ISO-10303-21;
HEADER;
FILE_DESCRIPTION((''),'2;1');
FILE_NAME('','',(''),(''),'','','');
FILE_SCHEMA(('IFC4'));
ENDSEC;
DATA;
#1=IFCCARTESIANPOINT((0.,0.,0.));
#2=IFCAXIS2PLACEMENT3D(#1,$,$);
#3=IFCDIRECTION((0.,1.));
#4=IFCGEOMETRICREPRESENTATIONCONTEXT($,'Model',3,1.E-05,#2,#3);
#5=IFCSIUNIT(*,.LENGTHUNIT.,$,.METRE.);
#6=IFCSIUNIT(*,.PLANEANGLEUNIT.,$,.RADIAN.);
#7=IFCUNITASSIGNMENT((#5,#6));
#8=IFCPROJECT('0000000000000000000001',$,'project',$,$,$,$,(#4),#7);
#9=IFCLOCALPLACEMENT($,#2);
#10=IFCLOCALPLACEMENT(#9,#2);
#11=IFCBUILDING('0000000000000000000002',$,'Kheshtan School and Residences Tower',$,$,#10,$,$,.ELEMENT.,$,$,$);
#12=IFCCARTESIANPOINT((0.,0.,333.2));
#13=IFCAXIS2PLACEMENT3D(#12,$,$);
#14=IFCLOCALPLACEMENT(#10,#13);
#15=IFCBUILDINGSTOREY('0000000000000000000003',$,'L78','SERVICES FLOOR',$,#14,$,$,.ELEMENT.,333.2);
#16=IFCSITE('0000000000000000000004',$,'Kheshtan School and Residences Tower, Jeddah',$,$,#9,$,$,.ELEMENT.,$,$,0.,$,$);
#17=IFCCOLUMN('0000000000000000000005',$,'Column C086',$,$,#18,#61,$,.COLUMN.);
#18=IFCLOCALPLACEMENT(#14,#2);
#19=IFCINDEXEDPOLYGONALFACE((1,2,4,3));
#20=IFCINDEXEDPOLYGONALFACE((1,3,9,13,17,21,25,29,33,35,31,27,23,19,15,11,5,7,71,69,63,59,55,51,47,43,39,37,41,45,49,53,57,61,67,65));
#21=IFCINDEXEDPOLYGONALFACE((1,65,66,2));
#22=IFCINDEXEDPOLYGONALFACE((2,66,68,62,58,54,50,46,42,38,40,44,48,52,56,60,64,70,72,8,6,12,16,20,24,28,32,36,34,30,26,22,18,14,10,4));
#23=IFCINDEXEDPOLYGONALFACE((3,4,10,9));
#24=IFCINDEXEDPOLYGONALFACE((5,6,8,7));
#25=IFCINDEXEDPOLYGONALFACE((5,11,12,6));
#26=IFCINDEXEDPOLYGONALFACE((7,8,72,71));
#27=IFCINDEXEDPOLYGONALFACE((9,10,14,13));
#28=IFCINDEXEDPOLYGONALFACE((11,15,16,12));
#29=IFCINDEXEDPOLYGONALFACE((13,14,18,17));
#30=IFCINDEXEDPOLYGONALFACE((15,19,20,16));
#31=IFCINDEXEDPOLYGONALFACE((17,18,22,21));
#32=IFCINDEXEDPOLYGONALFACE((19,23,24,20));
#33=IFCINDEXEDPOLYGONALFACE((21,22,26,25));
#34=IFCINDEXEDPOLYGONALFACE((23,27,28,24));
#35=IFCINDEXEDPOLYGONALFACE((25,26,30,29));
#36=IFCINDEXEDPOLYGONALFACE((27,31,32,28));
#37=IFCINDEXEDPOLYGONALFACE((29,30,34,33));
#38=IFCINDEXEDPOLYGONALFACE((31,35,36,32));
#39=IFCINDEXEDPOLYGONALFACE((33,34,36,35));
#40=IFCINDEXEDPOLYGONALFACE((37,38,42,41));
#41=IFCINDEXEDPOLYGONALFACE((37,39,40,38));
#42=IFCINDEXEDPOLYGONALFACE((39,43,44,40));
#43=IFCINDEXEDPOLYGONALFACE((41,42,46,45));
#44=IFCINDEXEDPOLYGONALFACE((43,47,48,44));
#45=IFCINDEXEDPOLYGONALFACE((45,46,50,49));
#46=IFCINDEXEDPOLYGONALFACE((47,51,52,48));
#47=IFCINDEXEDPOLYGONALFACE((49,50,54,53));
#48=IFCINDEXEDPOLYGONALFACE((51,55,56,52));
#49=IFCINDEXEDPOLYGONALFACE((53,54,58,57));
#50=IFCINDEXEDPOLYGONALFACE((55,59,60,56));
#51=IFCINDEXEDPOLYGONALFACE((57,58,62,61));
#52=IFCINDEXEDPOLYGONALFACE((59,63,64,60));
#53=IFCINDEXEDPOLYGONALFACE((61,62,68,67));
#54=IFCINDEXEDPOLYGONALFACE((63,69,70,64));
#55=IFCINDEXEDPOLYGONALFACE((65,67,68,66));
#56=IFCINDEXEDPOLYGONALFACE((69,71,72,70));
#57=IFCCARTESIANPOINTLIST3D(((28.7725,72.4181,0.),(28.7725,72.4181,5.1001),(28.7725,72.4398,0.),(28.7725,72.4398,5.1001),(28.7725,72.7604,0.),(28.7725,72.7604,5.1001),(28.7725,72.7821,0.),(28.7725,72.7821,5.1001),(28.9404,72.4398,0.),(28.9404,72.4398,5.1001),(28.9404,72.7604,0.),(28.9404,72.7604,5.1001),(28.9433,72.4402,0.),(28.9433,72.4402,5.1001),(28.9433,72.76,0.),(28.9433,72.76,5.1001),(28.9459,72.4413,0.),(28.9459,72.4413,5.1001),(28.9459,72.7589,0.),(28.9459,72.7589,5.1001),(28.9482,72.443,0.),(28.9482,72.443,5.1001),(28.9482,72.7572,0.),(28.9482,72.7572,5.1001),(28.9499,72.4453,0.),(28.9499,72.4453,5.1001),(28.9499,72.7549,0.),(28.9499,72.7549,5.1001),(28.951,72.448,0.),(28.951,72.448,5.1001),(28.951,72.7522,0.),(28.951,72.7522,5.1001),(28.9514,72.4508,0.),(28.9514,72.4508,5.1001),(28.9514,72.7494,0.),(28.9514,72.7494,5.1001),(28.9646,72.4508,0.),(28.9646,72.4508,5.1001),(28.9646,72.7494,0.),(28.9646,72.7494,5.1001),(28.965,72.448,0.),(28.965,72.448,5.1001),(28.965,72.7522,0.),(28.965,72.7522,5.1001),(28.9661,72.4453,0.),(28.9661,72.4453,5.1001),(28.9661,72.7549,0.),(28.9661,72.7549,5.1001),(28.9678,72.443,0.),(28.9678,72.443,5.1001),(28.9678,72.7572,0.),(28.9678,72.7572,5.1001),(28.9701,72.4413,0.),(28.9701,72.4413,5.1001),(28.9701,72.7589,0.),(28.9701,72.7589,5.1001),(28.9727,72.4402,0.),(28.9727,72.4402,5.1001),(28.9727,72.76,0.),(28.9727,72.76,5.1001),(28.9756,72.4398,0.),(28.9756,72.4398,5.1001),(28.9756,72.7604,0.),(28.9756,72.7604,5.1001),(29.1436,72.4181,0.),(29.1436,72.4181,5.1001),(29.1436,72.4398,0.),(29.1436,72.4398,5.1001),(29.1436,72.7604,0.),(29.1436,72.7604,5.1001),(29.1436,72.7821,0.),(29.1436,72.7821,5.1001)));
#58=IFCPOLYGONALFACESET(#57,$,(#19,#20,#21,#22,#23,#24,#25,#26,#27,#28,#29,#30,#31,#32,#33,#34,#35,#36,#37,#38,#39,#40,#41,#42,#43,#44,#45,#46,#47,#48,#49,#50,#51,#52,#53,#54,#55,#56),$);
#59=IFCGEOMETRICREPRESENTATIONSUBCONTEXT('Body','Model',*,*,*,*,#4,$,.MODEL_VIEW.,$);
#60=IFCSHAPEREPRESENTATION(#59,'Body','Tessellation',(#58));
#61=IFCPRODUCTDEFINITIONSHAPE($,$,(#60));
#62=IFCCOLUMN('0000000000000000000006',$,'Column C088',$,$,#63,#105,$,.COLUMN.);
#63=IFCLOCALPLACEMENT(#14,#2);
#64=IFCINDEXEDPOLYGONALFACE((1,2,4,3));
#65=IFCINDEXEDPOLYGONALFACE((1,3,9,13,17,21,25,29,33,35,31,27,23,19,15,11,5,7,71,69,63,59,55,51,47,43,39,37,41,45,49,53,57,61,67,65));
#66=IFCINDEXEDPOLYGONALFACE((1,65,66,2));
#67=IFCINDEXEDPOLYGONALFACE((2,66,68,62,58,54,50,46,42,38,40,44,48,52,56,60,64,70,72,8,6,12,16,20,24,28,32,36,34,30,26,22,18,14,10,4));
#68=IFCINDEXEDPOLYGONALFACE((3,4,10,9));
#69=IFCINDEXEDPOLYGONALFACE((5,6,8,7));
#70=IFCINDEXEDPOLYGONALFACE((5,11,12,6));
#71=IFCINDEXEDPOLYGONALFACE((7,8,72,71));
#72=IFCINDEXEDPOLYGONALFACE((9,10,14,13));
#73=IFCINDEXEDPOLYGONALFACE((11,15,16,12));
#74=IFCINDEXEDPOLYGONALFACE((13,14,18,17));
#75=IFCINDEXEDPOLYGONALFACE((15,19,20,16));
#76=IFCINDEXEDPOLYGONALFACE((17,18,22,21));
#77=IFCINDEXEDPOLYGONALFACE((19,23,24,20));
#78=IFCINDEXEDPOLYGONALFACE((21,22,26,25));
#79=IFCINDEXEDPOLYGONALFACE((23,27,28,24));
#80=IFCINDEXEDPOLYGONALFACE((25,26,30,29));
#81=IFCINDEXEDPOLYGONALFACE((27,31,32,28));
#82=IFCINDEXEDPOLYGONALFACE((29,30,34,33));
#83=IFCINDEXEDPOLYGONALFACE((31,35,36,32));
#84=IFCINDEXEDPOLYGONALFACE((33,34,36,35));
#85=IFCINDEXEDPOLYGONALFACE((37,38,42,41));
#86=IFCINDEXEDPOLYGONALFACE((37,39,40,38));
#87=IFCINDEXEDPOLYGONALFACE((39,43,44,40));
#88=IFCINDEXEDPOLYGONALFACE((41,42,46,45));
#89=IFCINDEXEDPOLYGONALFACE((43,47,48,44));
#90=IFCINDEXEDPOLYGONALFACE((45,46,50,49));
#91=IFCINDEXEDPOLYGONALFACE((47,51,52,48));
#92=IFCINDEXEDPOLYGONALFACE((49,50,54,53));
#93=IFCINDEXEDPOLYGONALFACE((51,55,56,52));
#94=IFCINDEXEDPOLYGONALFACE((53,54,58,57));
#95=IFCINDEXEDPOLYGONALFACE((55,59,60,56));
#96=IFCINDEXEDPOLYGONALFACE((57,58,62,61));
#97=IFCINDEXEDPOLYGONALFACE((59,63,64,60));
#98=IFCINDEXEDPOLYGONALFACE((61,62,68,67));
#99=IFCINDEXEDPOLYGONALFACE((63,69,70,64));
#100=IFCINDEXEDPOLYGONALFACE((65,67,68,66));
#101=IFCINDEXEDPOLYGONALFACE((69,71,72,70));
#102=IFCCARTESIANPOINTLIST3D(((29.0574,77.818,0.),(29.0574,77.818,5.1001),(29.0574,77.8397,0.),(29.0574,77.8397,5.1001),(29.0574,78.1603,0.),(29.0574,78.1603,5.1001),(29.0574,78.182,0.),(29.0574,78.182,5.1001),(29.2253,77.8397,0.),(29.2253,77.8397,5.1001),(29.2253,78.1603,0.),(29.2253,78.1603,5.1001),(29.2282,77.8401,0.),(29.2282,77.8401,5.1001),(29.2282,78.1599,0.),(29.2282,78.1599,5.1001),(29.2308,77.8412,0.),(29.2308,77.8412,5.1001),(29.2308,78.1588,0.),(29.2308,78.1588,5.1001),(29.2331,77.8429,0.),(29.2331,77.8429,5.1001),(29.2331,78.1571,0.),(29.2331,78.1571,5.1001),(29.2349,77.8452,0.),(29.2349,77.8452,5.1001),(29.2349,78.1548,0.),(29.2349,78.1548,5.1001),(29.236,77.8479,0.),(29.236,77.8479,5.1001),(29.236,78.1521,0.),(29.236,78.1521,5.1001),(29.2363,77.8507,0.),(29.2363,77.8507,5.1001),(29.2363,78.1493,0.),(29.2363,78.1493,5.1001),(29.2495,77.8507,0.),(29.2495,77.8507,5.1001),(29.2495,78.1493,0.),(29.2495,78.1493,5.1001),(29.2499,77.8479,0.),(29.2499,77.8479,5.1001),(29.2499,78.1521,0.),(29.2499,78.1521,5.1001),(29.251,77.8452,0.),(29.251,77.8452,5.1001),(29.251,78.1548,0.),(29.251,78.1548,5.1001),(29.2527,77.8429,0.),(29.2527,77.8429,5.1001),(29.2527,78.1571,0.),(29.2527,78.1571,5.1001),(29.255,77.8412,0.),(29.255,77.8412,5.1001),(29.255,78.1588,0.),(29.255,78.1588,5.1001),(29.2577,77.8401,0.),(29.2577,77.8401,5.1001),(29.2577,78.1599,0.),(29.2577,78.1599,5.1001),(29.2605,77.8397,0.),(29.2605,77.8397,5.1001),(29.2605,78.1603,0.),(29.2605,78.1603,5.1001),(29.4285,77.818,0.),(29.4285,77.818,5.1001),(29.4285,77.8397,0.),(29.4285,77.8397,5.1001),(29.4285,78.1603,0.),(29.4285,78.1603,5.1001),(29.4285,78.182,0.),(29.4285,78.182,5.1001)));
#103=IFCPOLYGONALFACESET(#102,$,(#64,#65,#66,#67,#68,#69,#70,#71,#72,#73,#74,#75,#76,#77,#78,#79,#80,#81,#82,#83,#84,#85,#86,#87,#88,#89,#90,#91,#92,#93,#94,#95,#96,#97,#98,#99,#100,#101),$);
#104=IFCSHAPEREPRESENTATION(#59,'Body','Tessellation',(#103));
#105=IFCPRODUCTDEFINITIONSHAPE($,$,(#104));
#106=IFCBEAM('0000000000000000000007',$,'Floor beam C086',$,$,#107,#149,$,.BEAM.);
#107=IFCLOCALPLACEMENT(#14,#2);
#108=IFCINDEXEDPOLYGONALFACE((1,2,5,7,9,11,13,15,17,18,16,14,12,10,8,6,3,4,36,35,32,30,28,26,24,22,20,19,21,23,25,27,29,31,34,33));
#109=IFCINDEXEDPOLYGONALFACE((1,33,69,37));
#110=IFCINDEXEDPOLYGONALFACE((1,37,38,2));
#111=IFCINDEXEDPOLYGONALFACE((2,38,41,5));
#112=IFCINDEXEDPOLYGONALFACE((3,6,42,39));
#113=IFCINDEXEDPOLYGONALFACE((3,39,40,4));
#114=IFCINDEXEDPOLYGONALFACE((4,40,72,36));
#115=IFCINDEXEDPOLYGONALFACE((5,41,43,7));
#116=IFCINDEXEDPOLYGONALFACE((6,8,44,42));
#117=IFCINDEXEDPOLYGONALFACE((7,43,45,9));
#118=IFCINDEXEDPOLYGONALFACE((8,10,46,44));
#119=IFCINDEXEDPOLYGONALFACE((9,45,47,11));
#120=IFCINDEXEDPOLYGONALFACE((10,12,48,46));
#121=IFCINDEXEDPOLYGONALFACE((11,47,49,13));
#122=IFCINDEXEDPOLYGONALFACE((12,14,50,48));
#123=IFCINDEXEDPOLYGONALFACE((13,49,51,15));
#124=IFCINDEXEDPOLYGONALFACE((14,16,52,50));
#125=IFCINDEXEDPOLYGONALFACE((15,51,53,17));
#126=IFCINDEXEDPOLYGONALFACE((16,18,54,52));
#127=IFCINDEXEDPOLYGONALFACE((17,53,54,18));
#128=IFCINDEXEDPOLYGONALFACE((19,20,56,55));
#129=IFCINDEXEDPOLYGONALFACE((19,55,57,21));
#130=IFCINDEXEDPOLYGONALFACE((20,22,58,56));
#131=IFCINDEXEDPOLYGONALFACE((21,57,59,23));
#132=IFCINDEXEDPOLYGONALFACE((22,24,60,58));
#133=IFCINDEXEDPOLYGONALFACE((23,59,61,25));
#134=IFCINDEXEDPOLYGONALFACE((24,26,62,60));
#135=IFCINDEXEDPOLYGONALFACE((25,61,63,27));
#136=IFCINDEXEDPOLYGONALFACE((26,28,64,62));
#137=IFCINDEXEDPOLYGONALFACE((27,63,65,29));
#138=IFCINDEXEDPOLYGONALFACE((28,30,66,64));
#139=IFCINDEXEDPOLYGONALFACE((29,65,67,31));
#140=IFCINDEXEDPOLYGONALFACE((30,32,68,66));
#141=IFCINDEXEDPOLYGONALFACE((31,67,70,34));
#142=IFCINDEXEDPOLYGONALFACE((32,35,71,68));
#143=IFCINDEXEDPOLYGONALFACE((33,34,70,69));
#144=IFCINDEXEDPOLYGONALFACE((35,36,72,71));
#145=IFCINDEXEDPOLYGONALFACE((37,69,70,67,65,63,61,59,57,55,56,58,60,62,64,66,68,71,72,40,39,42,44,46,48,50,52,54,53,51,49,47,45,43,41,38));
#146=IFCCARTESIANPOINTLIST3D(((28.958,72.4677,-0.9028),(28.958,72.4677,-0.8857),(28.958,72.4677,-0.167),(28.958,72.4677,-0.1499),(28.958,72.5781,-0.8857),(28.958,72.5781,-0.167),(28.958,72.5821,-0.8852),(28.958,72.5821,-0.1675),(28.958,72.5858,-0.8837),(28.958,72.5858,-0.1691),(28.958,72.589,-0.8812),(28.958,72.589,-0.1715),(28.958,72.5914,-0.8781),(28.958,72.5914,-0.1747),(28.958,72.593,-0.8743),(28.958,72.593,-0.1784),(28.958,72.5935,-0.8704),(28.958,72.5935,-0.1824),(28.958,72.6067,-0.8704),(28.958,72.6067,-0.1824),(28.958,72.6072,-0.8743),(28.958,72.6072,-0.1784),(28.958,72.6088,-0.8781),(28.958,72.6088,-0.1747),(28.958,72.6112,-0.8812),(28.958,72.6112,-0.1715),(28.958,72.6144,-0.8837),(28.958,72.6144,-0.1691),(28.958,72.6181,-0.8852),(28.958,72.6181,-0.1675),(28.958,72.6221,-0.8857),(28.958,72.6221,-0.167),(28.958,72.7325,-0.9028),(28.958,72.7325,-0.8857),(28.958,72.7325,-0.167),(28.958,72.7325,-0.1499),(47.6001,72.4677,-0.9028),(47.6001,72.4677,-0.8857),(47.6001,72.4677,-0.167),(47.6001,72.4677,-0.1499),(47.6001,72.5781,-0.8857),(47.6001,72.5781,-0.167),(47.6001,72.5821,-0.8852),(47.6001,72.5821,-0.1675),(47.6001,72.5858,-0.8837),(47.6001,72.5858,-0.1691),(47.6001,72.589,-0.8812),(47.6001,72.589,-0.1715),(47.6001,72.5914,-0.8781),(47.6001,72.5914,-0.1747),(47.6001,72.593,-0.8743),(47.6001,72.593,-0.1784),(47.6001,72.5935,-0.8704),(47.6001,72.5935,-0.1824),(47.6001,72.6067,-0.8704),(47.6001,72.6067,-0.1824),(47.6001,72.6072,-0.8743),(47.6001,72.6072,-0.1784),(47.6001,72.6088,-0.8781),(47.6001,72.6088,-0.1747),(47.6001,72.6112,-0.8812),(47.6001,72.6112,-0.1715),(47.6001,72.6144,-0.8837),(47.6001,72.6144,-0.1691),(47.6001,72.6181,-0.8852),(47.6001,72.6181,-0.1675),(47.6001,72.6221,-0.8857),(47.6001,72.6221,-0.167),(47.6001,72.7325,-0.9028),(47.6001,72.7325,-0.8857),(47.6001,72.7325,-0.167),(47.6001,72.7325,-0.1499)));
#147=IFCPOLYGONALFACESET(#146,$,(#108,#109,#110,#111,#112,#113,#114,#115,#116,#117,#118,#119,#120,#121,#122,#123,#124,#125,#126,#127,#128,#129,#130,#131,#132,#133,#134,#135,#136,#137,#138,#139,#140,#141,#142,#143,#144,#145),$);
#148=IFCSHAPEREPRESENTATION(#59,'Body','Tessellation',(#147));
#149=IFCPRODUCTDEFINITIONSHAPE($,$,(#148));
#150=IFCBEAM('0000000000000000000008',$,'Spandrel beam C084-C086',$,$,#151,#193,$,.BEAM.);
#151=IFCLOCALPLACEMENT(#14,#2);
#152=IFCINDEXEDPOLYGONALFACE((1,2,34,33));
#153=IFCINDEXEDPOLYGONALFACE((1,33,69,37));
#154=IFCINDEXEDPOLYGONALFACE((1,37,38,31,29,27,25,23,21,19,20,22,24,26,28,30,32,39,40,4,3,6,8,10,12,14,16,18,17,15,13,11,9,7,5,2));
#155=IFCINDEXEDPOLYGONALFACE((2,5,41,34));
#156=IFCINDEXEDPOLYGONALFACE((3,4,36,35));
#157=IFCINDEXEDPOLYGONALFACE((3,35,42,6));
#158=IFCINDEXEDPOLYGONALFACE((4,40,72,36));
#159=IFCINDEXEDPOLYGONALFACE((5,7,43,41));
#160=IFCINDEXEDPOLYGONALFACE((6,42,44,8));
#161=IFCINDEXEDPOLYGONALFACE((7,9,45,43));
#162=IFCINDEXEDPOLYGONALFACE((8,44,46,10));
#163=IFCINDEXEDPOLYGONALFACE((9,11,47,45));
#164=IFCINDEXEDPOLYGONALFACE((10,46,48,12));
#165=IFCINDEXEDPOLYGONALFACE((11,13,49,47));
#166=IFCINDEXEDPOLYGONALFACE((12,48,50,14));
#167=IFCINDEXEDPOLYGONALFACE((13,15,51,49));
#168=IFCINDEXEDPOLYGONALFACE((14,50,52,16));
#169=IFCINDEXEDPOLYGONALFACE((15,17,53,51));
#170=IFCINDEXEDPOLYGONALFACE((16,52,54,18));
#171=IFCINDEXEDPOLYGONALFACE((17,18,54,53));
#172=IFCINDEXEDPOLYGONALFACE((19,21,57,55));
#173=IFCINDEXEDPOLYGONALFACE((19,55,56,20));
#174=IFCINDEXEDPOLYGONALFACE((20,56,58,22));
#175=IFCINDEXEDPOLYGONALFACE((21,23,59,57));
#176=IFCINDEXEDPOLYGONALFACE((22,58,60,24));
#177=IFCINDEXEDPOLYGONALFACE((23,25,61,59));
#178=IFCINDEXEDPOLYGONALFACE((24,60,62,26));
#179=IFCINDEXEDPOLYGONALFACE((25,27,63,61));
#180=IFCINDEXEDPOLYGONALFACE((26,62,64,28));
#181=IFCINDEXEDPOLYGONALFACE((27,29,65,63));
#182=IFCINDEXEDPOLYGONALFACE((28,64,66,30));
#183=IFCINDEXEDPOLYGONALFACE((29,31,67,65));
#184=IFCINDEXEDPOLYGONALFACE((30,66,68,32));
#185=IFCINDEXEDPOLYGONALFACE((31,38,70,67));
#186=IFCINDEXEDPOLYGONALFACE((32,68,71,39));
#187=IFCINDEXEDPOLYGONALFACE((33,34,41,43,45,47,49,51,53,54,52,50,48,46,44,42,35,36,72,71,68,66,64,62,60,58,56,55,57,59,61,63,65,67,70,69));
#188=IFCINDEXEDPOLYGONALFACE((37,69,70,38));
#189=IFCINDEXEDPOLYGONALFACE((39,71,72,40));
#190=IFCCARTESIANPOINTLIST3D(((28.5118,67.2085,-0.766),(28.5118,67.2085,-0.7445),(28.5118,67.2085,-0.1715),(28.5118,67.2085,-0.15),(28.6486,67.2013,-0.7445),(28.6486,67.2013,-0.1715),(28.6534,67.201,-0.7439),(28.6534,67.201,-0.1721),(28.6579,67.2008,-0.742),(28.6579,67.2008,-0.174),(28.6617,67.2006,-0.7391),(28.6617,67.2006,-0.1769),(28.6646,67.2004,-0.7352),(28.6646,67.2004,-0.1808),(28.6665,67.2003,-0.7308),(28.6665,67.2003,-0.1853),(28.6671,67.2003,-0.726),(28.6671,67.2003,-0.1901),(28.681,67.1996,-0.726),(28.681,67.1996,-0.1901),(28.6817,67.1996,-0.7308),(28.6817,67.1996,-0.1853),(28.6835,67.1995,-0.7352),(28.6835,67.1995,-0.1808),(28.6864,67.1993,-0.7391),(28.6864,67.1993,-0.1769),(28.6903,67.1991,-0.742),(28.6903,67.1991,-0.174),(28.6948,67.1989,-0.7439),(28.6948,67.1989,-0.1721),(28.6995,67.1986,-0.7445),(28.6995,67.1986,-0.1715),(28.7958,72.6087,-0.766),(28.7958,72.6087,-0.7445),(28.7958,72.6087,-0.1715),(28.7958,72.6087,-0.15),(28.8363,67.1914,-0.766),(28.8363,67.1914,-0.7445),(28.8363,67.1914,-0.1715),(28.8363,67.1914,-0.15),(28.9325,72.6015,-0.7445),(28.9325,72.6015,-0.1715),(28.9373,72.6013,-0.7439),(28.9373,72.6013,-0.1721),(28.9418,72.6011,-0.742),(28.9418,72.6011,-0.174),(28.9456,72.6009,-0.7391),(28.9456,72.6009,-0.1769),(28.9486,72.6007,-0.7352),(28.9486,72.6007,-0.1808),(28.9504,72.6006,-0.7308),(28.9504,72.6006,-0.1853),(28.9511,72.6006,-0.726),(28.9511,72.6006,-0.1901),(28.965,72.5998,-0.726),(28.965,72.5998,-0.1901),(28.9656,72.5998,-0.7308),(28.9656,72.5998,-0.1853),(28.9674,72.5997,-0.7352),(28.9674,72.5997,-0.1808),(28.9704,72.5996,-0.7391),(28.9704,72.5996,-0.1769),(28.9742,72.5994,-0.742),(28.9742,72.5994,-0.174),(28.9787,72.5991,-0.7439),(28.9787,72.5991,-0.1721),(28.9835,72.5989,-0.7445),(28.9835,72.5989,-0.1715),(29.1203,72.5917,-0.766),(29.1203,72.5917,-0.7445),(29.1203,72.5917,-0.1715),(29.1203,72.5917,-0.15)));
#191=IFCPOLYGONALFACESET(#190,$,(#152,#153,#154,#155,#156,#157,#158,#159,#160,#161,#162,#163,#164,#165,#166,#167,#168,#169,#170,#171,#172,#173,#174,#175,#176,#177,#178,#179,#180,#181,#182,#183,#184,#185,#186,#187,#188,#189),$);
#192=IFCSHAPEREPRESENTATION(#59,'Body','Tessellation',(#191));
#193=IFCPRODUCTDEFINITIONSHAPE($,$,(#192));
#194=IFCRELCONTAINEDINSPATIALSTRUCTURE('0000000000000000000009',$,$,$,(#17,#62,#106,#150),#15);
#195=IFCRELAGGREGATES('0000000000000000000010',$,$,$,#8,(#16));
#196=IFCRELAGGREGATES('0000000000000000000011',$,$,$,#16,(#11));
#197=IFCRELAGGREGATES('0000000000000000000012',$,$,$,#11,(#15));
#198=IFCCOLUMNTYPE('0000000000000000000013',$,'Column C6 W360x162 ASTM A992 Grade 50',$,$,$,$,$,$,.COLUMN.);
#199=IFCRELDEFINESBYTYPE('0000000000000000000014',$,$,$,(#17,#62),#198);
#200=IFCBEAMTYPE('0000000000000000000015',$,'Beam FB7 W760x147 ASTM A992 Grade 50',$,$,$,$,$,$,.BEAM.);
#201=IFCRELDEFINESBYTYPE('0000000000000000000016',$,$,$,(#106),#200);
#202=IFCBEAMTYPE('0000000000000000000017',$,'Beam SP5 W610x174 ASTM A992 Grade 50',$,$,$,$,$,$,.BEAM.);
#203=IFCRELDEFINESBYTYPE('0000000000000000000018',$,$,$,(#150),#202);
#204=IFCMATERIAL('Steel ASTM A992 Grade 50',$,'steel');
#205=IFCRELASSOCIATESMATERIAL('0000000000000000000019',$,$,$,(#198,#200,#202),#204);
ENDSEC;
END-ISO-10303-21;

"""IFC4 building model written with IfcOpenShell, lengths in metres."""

from ifc_helpers import new_model, si_unit, direction, frame, origin, origin_2d, place, context, subcontext, project, spatial, i_section, extrude, material, material_profile, profile_set, type_object, element, save


model = new_model("IFC4")

# Units and contexts
model_context = context("Model", 3, precision=1e-05, world=origin(), true_north=direction((0.0, 1.0)))
body_context = subcontext(model_context, "Body", "Model", "MODEL_VIEW")
ifc_project = project(units=[si_unit("LENGTHUNIT", "METRE"), si_unit("PLANEANGLEUNIT", "RADIAN")], contexts=[model_context])

# Site, building, storey
site_placement = place(None, origin())
site = spatial("IfcSite", under=ifc_project, at=site_placement, Name="Kheshtan School and Residences Tower, Jeddah", CompositionType="ELEMENT", RefElevation=0.0)
building_placement = place(site_placement, origin())
building = spatial("IfcBuilding", under=site, at=building_placement, Name="Kheshtan School and Residences Tower", CompositionType="ELEMENT")
storey_placement = place(building_placement, frame((0.0, 0.0, 333.2)))
storey = spatial("IfcBuildingStorey", under=building, at=storey_placement, Name="L78", Description="SERVICES FLOOR", CompositionType="ELEMENT", Elevation=333.2)

# Columns
ifc_material_1 = material(Name="Steel ASTM A992 Grade 50", Category="steel")
ifc_material_profile_1 = material_profile(ifc_material_1, i_section(OverallWidth=0.3711, OverallDepth=0.364, WebThickness=0.0132, FlangeThickness=0.0217, FilletRadius=0.011, at=origin_2d()), Name="W360x162")
ifc_profile_set_1 = profile_set([ifc_material_profile_1], Name="Steel ASTM A992 Grade 50")
column_type = type_object("IfcColumnType", Name="Column C6 W360x162 ASTM A992 Grade 50", PredefinedType="COLUMN", material=ifc_profile_set_1)
for number, where, z_axis, x_axis, name in (
    (1, (28.958, 72.6001, 0.0), (0.0, 0.0, 1.0), (1.0, 0.0, 0.0), "Column C086"),
    (2, (29.2429, 78.0, 0.0), (0.0, 0.0, 1.0), (1.0, 0.0, 0.0), "Column C088"),
):
    element("IfcColumn", number, at=place(storey_placement, frame(where, z_axis=z_axis, x_axis=x_axis)), inside=storey, type_object=column_type, Name=name, PredefinedType="COLUMN", context=body_context, shape_type="SweptSolid", body=[
        extrude(i_section(OverallWidth=0.3711, OverallDepth=0.364, WebThickness=0.0132, FlangeThickness=0.0217, FilletRadius=0.011, at=origin_2d()), origin(), (0.0, 0.0, 1.0), 5.1001),
    ])

# Beams
ifc_material_profile_2 = material_profile(ifc_material_1, i_section(OverallWidth=0.2649, OverallDepth=0.7529, WebThickness=0.0132, FlangeThickness=0.0171, FilletRadius=0.0154, at=origin_2d()), Name="W760x147")
ifc_profile_set_2 = profile_set([ifc_material_profile_2], Name="Steel ASTM A992 Grade 50")
beam_type_1 = type_object("IfcBeamType", Name="Beam FB7 W760x147 ASTM A992 Grade 50", PredefinedType="BEAM", material=ifc_profile_set_2)
beam_1_placement = place(storey_placement, frame((28.958, 72.6001, -0.5264), z_axis=(1.0, 0.0, 0.0), x_axis=(0.0, 1.0, 0.0)))
element("IfcBeam", 3, at=beam_1_placement, inside=storey, type_object=beam_type_1, Name="Floor beam C086", PredefinedType="BEAM", context=body_context, shape_type="SweptSolid", body=[
    extrude(i_section(OverallWidth=0.2649, OverallDepth=0.7529, WebThickness=0.0132, FlangeThickness=0.0171, FilletRadius=0.0154, at=origin_2d()), origin(), (0.0, 0.0, 1.0), 18.6421),
])
ifc_material_profile_3 = material_profile(ifc_material_1, i_section(OverallWidth=0.325, OverallDepth=0.616, WebThickness=0.0139, FlangeThickness=0.0215, FilletRadius=0.0186, at=origin_2d()), Name="W610x174")
ifc_profile_set_3 = profile_set([ifc_material_profile_3], Name="Steel ASTM A992 Grade 50")
beam_type_2 = type_object("IfcBeamType", Name="Beam SP5 W610x174 ASTM A992 Grade 50", PredefinedType="BEAM", material=ifc_profile_set_3)
beam_2_placement = place(storey_placement, frame((28.6741, 67.2, -0.458), z_axis=(0.052507, 0.998621, 0.0), x_axis=(-0.998621, 0.052507, 0.0)))
element("IfcBeam", 4, at=beam_2_placement, inside=storey, type_object=beam_type_2, Name="Spandrel beam C084-C086", PredefinedType="BEAM", context=body_context, shape_type="SweptSolid", body=[
    extrude(i_section(OverallWidth=0.325, OverallDepth=0.616, WebThickness=0.0139, FlangeThickness=0.0215, FilletRadius=0.0186, at=origin_2d()), origin(), (0.0, 0.0, 1.0), 5.4077),
])

save(model, "model.ifc")
